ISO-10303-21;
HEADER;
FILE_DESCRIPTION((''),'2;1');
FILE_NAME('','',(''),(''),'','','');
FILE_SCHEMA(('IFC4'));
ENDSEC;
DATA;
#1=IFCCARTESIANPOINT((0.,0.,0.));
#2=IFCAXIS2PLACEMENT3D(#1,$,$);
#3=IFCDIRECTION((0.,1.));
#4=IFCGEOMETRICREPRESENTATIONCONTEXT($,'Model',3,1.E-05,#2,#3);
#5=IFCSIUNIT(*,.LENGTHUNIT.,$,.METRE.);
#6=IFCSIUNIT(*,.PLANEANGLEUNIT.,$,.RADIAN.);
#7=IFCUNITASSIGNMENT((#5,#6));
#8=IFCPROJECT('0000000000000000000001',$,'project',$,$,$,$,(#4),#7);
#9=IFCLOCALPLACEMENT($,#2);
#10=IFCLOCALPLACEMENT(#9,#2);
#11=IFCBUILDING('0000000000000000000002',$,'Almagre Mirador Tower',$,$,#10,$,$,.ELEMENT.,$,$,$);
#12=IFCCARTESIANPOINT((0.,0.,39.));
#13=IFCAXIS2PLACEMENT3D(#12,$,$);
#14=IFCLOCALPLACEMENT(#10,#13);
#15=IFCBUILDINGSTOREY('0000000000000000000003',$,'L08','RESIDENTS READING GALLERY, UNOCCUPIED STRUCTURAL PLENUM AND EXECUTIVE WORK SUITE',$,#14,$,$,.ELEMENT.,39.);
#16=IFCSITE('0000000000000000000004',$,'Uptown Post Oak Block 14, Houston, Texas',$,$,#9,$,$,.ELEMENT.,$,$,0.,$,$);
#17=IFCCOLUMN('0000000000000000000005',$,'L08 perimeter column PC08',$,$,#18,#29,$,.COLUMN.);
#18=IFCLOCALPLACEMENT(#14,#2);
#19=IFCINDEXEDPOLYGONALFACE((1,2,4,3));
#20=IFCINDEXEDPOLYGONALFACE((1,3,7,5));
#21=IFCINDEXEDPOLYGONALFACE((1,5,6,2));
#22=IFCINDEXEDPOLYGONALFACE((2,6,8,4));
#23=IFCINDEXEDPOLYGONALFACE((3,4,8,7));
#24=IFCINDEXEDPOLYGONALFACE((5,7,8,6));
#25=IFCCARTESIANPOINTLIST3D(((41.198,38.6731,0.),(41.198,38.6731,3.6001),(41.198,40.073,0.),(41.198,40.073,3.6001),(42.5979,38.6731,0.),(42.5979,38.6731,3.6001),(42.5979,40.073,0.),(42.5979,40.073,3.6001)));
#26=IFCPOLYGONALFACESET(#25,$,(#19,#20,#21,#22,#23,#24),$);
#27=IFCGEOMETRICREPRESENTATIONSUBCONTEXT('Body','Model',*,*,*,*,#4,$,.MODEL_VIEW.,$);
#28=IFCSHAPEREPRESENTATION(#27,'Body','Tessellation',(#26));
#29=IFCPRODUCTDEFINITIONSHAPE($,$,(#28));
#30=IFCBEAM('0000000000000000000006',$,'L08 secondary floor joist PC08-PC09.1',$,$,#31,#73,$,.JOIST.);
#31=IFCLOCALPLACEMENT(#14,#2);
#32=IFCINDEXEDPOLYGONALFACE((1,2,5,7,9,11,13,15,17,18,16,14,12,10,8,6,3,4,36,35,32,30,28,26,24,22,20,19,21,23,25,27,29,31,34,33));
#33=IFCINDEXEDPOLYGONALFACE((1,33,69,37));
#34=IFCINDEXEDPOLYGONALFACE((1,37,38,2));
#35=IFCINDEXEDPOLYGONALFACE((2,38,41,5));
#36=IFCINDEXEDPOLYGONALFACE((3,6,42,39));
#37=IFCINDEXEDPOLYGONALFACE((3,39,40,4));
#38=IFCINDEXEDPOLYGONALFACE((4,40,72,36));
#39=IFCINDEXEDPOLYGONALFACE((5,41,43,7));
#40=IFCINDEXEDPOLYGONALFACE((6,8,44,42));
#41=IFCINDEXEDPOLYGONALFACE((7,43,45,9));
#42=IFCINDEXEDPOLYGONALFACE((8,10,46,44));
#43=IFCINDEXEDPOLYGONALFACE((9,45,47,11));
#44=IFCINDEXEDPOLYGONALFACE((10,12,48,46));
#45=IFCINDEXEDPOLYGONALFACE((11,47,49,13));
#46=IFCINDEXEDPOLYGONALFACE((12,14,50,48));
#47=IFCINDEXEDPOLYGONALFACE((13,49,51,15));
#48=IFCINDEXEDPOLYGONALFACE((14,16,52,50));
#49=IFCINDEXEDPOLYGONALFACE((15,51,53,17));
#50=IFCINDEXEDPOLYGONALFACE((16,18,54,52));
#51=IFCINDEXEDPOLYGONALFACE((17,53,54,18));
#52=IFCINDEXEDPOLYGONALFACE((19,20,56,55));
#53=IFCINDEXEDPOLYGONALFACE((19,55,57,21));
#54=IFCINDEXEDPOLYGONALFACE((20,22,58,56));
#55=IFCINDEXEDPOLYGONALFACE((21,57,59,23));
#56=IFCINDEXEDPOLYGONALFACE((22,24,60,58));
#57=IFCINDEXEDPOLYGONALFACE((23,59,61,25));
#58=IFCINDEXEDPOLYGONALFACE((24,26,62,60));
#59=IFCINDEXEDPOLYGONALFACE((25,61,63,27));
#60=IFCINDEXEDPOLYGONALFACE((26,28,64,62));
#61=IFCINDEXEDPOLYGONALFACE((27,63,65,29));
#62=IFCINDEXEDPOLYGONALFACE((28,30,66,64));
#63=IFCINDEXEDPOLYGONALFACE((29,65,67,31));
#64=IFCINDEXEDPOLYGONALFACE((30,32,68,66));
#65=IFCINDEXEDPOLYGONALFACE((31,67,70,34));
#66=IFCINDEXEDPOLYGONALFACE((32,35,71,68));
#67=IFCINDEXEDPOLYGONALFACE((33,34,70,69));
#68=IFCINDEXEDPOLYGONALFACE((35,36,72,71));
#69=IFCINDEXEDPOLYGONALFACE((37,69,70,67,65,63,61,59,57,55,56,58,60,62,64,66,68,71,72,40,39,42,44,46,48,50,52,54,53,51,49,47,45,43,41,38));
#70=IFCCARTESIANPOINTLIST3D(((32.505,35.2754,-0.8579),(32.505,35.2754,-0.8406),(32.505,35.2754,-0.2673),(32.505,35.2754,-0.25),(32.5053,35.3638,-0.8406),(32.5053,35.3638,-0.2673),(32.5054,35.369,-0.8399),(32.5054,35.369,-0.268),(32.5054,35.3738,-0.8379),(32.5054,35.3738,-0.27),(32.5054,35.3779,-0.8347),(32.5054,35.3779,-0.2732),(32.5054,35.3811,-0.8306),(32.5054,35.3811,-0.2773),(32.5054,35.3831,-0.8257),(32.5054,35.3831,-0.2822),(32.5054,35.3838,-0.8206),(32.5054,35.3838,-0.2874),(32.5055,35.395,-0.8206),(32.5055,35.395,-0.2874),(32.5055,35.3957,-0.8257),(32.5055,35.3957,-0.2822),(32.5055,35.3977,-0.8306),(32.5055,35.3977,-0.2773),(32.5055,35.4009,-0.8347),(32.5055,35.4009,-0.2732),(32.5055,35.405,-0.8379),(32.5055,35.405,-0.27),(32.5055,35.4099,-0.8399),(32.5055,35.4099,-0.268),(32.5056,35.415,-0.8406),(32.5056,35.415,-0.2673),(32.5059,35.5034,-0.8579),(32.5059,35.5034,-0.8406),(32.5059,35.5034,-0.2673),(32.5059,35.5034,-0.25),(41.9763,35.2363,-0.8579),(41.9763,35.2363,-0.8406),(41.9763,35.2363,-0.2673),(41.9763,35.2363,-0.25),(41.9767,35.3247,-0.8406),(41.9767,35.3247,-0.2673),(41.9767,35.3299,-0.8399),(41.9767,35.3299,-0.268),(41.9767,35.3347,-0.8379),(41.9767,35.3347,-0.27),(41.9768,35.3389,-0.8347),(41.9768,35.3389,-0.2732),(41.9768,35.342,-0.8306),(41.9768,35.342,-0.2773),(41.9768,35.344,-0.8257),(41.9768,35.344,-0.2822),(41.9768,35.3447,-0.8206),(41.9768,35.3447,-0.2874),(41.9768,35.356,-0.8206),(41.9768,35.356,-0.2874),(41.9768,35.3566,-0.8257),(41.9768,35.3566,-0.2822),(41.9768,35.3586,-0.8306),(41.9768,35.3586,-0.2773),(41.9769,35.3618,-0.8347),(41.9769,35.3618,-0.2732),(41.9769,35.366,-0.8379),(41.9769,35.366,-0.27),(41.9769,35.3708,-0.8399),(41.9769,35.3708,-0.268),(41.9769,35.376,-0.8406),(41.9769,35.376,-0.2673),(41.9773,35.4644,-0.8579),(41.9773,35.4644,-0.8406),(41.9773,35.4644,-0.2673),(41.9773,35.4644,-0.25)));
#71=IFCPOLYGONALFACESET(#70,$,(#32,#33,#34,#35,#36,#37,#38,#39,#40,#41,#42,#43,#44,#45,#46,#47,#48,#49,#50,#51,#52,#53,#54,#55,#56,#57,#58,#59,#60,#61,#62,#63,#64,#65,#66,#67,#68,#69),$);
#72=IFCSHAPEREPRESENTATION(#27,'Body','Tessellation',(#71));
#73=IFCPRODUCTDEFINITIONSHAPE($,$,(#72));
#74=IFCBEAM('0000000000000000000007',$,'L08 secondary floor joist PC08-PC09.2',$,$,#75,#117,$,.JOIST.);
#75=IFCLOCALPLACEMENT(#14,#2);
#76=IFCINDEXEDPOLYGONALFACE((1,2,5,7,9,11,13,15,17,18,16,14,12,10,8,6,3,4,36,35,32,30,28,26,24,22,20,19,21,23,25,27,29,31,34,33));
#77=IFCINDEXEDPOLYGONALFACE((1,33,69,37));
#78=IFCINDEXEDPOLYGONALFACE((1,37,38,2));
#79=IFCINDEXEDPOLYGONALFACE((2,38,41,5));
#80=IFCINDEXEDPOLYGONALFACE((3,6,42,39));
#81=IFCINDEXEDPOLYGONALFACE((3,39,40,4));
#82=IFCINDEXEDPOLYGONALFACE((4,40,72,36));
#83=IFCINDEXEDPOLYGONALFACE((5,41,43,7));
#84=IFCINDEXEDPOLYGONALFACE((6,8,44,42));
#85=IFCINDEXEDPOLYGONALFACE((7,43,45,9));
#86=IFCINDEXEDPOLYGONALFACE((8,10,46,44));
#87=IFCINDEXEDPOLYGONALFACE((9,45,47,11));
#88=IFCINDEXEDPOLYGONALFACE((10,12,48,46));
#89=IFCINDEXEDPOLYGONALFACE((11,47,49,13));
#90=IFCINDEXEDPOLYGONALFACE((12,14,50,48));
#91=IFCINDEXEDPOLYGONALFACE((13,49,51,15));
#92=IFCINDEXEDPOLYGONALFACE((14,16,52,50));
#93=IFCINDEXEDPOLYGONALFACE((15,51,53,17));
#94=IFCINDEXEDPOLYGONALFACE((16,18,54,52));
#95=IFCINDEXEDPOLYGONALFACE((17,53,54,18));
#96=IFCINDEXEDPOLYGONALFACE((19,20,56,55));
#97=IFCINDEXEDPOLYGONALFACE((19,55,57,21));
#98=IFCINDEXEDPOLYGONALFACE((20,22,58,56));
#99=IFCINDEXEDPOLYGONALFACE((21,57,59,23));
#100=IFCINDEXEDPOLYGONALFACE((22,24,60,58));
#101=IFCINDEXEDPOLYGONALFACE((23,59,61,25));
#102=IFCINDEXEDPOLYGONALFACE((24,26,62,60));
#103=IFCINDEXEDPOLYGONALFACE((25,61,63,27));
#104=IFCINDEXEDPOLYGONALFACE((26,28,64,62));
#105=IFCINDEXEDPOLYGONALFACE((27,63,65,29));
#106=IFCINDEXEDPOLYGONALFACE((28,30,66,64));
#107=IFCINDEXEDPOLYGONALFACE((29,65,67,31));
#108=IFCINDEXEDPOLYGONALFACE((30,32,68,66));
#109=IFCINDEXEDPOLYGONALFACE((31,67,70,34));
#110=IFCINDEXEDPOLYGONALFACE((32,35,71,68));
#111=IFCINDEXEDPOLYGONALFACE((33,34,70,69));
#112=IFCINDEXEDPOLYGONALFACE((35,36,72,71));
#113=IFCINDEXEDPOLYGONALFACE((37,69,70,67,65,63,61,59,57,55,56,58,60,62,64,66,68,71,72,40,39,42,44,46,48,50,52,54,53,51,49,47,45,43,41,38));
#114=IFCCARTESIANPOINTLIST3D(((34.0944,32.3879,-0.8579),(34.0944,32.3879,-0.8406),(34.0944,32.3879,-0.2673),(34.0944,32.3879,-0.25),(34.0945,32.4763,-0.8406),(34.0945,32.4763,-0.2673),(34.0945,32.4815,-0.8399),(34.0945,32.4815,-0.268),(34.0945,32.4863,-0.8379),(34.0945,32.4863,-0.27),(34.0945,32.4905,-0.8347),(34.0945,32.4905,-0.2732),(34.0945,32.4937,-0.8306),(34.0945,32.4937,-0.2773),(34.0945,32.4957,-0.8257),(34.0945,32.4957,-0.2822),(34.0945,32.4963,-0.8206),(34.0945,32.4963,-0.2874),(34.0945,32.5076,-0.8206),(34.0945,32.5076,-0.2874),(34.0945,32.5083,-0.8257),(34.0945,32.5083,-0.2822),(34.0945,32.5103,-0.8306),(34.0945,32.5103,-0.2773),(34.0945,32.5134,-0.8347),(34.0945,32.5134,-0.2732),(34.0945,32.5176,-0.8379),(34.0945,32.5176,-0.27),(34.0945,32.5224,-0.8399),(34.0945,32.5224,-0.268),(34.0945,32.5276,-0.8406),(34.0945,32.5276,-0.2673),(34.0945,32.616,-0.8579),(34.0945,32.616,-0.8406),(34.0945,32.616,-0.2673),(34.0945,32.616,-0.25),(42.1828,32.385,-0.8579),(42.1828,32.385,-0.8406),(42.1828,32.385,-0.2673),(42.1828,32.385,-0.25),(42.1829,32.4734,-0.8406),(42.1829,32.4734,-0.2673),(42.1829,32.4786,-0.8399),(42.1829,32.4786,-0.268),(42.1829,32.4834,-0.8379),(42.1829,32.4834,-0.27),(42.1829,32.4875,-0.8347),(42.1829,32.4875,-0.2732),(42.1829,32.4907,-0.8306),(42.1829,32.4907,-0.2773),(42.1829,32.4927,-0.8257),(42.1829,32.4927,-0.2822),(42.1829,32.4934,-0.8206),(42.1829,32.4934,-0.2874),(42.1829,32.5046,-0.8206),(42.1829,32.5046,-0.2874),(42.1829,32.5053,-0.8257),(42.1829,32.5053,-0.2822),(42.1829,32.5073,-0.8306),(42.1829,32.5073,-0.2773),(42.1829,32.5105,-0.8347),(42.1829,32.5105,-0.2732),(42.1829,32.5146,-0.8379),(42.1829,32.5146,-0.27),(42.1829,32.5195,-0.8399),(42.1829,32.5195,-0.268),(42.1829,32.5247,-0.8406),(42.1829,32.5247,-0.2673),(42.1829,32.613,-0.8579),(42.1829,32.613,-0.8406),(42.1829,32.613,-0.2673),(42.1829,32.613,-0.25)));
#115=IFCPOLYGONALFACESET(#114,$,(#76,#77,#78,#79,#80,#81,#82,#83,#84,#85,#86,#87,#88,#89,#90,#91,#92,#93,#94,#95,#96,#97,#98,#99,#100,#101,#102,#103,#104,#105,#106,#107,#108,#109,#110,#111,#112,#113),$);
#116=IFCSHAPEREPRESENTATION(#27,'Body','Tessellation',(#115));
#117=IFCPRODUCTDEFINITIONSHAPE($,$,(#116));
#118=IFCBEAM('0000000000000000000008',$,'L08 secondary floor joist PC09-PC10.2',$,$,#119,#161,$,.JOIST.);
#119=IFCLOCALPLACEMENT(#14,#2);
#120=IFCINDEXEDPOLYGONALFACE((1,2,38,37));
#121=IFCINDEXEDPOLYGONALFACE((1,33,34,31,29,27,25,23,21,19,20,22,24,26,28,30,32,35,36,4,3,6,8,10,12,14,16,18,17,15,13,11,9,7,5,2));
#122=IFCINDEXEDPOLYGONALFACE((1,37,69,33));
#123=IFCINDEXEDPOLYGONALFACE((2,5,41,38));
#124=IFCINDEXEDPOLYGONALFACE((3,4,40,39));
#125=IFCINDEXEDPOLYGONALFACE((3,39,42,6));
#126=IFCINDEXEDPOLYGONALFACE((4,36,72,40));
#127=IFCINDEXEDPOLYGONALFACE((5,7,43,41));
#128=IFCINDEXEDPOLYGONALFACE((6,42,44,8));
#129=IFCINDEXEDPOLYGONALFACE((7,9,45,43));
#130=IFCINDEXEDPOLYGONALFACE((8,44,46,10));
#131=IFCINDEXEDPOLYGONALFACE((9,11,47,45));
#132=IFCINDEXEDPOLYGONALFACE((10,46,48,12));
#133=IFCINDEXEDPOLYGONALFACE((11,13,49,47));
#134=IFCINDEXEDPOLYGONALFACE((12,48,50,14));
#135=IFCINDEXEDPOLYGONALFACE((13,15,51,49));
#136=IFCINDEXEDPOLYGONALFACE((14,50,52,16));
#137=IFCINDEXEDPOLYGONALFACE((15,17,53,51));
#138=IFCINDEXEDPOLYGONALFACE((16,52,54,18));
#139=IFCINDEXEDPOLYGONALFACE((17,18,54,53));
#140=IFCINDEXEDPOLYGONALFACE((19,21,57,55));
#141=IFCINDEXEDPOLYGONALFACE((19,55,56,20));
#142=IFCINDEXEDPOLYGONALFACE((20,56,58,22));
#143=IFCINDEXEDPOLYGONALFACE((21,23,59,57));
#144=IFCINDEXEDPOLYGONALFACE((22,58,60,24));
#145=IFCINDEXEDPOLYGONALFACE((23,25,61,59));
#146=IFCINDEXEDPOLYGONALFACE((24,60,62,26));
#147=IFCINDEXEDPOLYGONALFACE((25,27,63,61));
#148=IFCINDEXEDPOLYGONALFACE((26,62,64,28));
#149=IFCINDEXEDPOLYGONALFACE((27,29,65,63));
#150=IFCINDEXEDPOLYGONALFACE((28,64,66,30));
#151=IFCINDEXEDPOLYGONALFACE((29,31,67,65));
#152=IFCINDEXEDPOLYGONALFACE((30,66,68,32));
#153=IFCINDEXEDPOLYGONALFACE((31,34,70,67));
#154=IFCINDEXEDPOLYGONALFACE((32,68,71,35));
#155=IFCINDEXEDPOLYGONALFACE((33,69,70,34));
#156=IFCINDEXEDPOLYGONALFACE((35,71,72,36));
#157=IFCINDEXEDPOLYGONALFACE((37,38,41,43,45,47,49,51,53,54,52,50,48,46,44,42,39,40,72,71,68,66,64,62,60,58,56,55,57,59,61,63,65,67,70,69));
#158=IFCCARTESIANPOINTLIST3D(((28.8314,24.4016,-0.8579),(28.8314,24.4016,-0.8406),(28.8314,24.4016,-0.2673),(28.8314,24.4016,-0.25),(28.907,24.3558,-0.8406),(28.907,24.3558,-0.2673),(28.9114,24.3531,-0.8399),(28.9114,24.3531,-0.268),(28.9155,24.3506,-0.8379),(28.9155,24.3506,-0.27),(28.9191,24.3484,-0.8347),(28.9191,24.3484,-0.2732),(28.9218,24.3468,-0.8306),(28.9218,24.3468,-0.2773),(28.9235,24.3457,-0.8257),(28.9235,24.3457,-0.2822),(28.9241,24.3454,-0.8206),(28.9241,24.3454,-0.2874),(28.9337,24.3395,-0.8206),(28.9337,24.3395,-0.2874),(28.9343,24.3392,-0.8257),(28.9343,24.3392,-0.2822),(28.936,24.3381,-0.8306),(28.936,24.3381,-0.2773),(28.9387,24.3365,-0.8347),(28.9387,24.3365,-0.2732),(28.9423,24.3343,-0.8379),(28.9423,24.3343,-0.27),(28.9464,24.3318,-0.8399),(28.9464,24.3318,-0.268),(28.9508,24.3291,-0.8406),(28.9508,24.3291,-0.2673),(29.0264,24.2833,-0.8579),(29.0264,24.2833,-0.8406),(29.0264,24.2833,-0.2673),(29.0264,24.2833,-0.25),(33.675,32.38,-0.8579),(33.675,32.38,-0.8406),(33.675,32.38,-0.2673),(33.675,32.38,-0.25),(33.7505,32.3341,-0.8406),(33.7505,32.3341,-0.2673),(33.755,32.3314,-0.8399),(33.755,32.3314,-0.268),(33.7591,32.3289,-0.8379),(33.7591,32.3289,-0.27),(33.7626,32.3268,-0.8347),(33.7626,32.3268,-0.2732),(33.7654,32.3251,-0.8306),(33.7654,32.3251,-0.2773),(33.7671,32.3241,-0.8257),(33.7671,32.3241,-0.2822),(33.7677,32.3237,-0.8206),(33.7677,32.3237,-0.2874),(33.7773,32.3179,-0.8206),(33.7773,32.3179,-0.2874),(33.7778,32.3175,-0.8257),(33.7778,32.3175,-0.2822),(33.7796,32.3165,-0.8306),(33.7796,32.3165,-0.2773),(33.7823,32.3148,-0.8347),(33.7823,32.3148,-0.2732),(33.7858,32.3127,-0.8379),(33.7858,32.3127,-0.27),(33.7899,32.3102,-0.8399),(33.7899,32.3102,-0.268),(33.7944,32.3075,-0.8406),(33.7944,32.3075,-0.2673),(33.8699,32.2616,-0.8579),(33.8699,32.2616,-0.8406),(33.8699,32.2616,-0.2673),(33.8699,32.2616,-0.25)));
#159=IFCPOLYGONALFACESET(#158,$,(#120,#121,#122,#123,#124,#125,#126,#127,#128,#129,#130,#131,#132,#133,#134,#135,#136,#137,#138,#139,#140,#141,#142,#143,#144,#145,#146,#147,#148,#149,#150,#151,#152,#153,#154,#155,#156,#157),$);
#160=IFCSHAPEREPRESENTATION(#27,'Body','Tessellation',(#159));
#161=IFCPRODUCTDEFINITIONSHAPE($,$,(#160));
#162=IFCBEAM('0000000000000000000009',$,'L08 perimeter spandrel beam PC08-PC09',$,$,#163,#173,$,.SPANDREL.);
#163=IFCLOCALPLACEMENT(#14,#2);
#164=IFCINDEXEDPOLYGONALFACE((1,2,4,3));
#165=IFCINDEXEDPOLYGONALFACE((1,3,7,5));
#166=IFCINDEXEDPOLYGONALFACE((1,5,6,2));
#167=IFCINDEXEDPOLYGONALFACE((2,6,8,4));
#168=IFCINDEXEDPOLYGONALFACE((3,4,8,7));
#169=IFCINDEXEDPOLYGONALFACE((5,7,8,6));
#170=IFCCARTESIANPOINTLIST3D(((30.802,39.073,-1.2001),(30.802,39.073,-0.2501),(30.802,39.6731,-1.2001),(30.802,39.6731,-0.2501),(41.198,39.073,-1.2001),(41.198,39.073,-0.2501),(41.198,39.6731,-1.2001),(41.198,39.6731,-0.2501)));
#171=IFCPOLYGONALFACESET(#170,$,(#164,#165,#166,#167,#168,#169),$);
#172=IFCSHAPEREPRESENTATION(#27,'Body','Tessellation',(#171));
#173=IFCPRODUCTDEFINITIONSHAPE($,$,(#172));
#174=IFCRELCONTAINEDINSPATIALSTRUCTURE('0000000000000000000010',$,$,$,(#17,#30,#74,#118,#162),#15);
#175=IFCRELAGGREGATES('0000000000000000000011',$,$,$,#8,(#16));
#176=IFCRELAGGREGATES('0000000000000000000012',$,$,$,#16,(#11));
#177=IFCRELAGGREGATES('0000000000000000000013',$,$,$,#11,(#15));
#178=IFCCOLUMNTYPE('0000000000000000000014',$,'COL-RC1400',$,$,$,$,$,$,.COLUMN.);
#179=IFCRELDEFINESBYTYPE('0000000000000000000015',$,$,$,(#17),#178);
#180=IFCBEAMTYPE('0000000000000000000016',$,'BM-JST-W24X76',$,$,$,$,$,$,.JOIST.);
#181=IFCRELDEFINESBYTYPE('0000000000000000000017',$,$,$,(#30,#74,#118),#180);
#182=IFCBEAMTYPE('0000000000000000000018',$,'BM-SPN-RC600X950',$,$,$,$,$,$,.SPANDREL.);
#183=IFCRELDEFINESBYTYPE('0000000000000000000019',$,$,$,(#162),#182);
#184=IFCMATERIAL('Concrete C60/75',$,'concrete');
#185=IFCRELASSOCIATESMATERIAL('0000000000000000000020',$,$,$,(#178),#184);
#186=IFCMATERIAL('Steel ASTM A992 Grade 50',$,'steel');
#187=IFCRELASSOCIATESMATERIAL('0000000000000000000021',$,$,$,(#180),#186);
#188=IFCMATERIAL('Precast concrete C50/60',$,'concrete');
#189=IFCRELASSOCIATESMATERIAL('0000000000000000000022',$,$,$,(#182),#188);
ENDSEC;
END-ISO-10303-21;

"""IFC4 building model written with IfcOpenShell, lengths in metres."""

from ifc_helpers import new_model, si_unit, direction, frame, origin, origin_2d, place, context, subcontext, project, spatial, rectangle, i_section, extrude, material, material_profile, profile_set, type_object, element, save


model = new_model("IFC4")

# Units and contexts
model_context = context("Model", 3, precision=1e-05, world=origin(), true_north=direction((0.0, 1.0)))
body_context = subcontext(model_context, "Body", "Model", "MODEL_VIEW")
ifc_project = project(units=[si_unit("LENGTHUNIT", "METRE"), si_unit("PLANEANGLEUNIT", "RADIAN")], contexts=[model_context])

# Site, building, storey
site_placement = place(None, origin())
site = spatial("IfcSite", under=ifc_project, at=site_placement, Name="Uptown Post Oak Block 14, Houston, Texas", CompositionType="ELEMENT", RefElevation=0.0)
building_placement = place(site_placement, origin())
building = spatial("IfcBuilding", under=site, at=building_placement, Name="Almagre Mirador Tower", CompositionType="ELEMENT")
storey_placement = place(building_placement, frame((0.0, 0.0, 39.0)))
storey = spatial("IfcBuildingStorey", under=building, at=storey_placement, Name="L08", Description="RESIDENTS READING GALLERY, UNOCCUPIED STRUCTURAL PLENUM AND EXECUTIVE WORK SUITE", CompositionType="ELEMENT", Elevation=39.0)

# Column
ifc_material_1 = material(Name="Concrete C60/75", Category="concrete")
ifc_material_profile_1 = material_profile(ifc_material_1, rectangle(XDim=1.3999, YDim=1.3999, at=origin_2d()), Name="RC1400X1400")
ifc_profile_set_1 = profile_set([ifc_material_profile_1], Name="Concrete C60/75")
column_type = type_object("IfcColumnType", Name="COL-RC1400", PredefinedType="COLUMN", material=ifc_profile_set_1)
column_placement = place(storey_placement, frame((41.8979, 39.373, 0.0), z_axis=(0.0, 0.0, 1.0), x_axis=(1.0, 0.0, 0.0)))
element("IfcColumn", 1, at=column_placement, inside=storey, type_object=column_type, Name="L08 perimeter column PC08", PredefinedType="COLUMN", context=body_context, shape_type="SweptSolid", body=[
    extrude(rectangle(XDim=1.3999, YDim=1.3999, at=origin_2d()), origin(), (0.0, 0.0, 1.0), 3.6001),
])

# Beams
ifc_material_2 = material(Name="Steel ASTM A992 Grade 50", Category="steel")
ifc_material_profile_2 = material_profile(ifc_material_2, i_section(OverallWidth=0.228, OverallDepth=0.6079, WebThickness=0.0112, FlangeThickness=0.0173, FilletRadius=0.02, at=origin_2d()), Name="W24X76")
ifc_profile_set_2 = profile_set([ifc_material_profile_2], Name="Steel ASTM A992 Grade 50")
beam_type_1 = type_object("IfcBeamType", Name="BM-JST-W24X76", PredefinedType="JOIST", material=ifc_profile_set_2)
beam_1_placement = place(storey_placement, frame((41.9768, 35.3503, -0.554), z_axis=(-0.999991, 0.004124, 0.0), x_axis=(-0.004124, -0.999991, 0.0)))
element("IfcBeam", 2, at=beam_1_placement, inside=storey, type_object=beam_type_1, Name="L08 secondary floor joist PC08-PC09.1", PredefinedType="JOIST", context=body_context, shape_type="SweptSolid", body=[
    extrude(i_section(OverallWidth=0.228, OverallDepth=0.6079, WebThickness=0.0112, FlangeThickness=0.0173, FilletRadius=0.02, at=origin_2d()), origin(), (0.0, 0.0, 1.0), 9.4714),
])
beam_2_placement = place(storey_placement, frame((42.1829, 32.499, -0.554), z_axis=(-1.0, 0.000362, 0.0), x_axis=(-0.000362, -1.0, 0.0)))
element("IfcBeam", 3, at=beam_2_placement, inside=storey, type_object=beam_type_1, Name="L08 secondary floor joist PC08-PC09.2", PredefinedType="JOIST", context=body_context, shape_type="SweptSolid", body=[
    extrude(i_section(OverallWidth=0.228, OverallDepth=0.6079, WebThickness=0.0112, FlangeThickness=0.0173, FilletRadius=0.02, at=origin_2d()), origin(), (0.0, 0.0, 1.0), 8.0884),
])
beam_3_placement = place(storey_placement, frame((33.7725, 32.3208, -0.554), z_axis=(-0.518943, -0.854809, 0.0), x_axis=(0.854809, -0.518943, 0.0)))
element("IfcBeam", 4, at=beam_3_placement, inside=storey, type_object=beam_type_1, Name="L08 secondary floor joist PC09-PC10.2", PredefinedType="JOIST", context=body_context, shape_type="SweptSolid", body=[
    extrude(i_section(OverallWidth=0.228, OverallDepth=0.6079, WebThickness=0.0112, FlangeThickness=0.0173, FilletRadius=0.02, at=origin_2d()), origin(), (0.0, 0.0, 1.0), 9.3335),
])
ifc_material_3 = material(Name="Precast concrete C50/60", Category="concrete")
ifc_material_profile_3 = material_profile(ifc_material_3, rectangle(XDim=0.6001, YDim=0.95, at=origin_2d()), Name="RC600X950")
ifc_profile_set_3 = profile_set([ifc_material_profile_3], Name="Precast concrete C50/60")
beam_type_2 = type_object("IfcBeamType", Name="BM-SPN-RC600X950", PredefinedType="SPANDREL", material=ifc_profile_set_3)
beam_4_placement = place(storey_placement, frame((41.198, 39.373, -0.7251), z_axis=(-1.0, 0.0, 0.0), x_axis=(0.0, -1.0, 0.0)))
element("IfcBeam", 5, at=beam_4_placement, inside=storey, type_object=beam_type_2, Name="L08 perimeter spandrel beam PC08-PC09", PredefinedType="SPANDREL", context=body_context, shape_type="SweptSolid", body=[
    extrude(rectangle(XDim=0.6001, YDim=0.95, at=origin_2d()), origin(), (0.0, 0.0, 1.0), 10.396),
])

save(model, "model.ifc")
